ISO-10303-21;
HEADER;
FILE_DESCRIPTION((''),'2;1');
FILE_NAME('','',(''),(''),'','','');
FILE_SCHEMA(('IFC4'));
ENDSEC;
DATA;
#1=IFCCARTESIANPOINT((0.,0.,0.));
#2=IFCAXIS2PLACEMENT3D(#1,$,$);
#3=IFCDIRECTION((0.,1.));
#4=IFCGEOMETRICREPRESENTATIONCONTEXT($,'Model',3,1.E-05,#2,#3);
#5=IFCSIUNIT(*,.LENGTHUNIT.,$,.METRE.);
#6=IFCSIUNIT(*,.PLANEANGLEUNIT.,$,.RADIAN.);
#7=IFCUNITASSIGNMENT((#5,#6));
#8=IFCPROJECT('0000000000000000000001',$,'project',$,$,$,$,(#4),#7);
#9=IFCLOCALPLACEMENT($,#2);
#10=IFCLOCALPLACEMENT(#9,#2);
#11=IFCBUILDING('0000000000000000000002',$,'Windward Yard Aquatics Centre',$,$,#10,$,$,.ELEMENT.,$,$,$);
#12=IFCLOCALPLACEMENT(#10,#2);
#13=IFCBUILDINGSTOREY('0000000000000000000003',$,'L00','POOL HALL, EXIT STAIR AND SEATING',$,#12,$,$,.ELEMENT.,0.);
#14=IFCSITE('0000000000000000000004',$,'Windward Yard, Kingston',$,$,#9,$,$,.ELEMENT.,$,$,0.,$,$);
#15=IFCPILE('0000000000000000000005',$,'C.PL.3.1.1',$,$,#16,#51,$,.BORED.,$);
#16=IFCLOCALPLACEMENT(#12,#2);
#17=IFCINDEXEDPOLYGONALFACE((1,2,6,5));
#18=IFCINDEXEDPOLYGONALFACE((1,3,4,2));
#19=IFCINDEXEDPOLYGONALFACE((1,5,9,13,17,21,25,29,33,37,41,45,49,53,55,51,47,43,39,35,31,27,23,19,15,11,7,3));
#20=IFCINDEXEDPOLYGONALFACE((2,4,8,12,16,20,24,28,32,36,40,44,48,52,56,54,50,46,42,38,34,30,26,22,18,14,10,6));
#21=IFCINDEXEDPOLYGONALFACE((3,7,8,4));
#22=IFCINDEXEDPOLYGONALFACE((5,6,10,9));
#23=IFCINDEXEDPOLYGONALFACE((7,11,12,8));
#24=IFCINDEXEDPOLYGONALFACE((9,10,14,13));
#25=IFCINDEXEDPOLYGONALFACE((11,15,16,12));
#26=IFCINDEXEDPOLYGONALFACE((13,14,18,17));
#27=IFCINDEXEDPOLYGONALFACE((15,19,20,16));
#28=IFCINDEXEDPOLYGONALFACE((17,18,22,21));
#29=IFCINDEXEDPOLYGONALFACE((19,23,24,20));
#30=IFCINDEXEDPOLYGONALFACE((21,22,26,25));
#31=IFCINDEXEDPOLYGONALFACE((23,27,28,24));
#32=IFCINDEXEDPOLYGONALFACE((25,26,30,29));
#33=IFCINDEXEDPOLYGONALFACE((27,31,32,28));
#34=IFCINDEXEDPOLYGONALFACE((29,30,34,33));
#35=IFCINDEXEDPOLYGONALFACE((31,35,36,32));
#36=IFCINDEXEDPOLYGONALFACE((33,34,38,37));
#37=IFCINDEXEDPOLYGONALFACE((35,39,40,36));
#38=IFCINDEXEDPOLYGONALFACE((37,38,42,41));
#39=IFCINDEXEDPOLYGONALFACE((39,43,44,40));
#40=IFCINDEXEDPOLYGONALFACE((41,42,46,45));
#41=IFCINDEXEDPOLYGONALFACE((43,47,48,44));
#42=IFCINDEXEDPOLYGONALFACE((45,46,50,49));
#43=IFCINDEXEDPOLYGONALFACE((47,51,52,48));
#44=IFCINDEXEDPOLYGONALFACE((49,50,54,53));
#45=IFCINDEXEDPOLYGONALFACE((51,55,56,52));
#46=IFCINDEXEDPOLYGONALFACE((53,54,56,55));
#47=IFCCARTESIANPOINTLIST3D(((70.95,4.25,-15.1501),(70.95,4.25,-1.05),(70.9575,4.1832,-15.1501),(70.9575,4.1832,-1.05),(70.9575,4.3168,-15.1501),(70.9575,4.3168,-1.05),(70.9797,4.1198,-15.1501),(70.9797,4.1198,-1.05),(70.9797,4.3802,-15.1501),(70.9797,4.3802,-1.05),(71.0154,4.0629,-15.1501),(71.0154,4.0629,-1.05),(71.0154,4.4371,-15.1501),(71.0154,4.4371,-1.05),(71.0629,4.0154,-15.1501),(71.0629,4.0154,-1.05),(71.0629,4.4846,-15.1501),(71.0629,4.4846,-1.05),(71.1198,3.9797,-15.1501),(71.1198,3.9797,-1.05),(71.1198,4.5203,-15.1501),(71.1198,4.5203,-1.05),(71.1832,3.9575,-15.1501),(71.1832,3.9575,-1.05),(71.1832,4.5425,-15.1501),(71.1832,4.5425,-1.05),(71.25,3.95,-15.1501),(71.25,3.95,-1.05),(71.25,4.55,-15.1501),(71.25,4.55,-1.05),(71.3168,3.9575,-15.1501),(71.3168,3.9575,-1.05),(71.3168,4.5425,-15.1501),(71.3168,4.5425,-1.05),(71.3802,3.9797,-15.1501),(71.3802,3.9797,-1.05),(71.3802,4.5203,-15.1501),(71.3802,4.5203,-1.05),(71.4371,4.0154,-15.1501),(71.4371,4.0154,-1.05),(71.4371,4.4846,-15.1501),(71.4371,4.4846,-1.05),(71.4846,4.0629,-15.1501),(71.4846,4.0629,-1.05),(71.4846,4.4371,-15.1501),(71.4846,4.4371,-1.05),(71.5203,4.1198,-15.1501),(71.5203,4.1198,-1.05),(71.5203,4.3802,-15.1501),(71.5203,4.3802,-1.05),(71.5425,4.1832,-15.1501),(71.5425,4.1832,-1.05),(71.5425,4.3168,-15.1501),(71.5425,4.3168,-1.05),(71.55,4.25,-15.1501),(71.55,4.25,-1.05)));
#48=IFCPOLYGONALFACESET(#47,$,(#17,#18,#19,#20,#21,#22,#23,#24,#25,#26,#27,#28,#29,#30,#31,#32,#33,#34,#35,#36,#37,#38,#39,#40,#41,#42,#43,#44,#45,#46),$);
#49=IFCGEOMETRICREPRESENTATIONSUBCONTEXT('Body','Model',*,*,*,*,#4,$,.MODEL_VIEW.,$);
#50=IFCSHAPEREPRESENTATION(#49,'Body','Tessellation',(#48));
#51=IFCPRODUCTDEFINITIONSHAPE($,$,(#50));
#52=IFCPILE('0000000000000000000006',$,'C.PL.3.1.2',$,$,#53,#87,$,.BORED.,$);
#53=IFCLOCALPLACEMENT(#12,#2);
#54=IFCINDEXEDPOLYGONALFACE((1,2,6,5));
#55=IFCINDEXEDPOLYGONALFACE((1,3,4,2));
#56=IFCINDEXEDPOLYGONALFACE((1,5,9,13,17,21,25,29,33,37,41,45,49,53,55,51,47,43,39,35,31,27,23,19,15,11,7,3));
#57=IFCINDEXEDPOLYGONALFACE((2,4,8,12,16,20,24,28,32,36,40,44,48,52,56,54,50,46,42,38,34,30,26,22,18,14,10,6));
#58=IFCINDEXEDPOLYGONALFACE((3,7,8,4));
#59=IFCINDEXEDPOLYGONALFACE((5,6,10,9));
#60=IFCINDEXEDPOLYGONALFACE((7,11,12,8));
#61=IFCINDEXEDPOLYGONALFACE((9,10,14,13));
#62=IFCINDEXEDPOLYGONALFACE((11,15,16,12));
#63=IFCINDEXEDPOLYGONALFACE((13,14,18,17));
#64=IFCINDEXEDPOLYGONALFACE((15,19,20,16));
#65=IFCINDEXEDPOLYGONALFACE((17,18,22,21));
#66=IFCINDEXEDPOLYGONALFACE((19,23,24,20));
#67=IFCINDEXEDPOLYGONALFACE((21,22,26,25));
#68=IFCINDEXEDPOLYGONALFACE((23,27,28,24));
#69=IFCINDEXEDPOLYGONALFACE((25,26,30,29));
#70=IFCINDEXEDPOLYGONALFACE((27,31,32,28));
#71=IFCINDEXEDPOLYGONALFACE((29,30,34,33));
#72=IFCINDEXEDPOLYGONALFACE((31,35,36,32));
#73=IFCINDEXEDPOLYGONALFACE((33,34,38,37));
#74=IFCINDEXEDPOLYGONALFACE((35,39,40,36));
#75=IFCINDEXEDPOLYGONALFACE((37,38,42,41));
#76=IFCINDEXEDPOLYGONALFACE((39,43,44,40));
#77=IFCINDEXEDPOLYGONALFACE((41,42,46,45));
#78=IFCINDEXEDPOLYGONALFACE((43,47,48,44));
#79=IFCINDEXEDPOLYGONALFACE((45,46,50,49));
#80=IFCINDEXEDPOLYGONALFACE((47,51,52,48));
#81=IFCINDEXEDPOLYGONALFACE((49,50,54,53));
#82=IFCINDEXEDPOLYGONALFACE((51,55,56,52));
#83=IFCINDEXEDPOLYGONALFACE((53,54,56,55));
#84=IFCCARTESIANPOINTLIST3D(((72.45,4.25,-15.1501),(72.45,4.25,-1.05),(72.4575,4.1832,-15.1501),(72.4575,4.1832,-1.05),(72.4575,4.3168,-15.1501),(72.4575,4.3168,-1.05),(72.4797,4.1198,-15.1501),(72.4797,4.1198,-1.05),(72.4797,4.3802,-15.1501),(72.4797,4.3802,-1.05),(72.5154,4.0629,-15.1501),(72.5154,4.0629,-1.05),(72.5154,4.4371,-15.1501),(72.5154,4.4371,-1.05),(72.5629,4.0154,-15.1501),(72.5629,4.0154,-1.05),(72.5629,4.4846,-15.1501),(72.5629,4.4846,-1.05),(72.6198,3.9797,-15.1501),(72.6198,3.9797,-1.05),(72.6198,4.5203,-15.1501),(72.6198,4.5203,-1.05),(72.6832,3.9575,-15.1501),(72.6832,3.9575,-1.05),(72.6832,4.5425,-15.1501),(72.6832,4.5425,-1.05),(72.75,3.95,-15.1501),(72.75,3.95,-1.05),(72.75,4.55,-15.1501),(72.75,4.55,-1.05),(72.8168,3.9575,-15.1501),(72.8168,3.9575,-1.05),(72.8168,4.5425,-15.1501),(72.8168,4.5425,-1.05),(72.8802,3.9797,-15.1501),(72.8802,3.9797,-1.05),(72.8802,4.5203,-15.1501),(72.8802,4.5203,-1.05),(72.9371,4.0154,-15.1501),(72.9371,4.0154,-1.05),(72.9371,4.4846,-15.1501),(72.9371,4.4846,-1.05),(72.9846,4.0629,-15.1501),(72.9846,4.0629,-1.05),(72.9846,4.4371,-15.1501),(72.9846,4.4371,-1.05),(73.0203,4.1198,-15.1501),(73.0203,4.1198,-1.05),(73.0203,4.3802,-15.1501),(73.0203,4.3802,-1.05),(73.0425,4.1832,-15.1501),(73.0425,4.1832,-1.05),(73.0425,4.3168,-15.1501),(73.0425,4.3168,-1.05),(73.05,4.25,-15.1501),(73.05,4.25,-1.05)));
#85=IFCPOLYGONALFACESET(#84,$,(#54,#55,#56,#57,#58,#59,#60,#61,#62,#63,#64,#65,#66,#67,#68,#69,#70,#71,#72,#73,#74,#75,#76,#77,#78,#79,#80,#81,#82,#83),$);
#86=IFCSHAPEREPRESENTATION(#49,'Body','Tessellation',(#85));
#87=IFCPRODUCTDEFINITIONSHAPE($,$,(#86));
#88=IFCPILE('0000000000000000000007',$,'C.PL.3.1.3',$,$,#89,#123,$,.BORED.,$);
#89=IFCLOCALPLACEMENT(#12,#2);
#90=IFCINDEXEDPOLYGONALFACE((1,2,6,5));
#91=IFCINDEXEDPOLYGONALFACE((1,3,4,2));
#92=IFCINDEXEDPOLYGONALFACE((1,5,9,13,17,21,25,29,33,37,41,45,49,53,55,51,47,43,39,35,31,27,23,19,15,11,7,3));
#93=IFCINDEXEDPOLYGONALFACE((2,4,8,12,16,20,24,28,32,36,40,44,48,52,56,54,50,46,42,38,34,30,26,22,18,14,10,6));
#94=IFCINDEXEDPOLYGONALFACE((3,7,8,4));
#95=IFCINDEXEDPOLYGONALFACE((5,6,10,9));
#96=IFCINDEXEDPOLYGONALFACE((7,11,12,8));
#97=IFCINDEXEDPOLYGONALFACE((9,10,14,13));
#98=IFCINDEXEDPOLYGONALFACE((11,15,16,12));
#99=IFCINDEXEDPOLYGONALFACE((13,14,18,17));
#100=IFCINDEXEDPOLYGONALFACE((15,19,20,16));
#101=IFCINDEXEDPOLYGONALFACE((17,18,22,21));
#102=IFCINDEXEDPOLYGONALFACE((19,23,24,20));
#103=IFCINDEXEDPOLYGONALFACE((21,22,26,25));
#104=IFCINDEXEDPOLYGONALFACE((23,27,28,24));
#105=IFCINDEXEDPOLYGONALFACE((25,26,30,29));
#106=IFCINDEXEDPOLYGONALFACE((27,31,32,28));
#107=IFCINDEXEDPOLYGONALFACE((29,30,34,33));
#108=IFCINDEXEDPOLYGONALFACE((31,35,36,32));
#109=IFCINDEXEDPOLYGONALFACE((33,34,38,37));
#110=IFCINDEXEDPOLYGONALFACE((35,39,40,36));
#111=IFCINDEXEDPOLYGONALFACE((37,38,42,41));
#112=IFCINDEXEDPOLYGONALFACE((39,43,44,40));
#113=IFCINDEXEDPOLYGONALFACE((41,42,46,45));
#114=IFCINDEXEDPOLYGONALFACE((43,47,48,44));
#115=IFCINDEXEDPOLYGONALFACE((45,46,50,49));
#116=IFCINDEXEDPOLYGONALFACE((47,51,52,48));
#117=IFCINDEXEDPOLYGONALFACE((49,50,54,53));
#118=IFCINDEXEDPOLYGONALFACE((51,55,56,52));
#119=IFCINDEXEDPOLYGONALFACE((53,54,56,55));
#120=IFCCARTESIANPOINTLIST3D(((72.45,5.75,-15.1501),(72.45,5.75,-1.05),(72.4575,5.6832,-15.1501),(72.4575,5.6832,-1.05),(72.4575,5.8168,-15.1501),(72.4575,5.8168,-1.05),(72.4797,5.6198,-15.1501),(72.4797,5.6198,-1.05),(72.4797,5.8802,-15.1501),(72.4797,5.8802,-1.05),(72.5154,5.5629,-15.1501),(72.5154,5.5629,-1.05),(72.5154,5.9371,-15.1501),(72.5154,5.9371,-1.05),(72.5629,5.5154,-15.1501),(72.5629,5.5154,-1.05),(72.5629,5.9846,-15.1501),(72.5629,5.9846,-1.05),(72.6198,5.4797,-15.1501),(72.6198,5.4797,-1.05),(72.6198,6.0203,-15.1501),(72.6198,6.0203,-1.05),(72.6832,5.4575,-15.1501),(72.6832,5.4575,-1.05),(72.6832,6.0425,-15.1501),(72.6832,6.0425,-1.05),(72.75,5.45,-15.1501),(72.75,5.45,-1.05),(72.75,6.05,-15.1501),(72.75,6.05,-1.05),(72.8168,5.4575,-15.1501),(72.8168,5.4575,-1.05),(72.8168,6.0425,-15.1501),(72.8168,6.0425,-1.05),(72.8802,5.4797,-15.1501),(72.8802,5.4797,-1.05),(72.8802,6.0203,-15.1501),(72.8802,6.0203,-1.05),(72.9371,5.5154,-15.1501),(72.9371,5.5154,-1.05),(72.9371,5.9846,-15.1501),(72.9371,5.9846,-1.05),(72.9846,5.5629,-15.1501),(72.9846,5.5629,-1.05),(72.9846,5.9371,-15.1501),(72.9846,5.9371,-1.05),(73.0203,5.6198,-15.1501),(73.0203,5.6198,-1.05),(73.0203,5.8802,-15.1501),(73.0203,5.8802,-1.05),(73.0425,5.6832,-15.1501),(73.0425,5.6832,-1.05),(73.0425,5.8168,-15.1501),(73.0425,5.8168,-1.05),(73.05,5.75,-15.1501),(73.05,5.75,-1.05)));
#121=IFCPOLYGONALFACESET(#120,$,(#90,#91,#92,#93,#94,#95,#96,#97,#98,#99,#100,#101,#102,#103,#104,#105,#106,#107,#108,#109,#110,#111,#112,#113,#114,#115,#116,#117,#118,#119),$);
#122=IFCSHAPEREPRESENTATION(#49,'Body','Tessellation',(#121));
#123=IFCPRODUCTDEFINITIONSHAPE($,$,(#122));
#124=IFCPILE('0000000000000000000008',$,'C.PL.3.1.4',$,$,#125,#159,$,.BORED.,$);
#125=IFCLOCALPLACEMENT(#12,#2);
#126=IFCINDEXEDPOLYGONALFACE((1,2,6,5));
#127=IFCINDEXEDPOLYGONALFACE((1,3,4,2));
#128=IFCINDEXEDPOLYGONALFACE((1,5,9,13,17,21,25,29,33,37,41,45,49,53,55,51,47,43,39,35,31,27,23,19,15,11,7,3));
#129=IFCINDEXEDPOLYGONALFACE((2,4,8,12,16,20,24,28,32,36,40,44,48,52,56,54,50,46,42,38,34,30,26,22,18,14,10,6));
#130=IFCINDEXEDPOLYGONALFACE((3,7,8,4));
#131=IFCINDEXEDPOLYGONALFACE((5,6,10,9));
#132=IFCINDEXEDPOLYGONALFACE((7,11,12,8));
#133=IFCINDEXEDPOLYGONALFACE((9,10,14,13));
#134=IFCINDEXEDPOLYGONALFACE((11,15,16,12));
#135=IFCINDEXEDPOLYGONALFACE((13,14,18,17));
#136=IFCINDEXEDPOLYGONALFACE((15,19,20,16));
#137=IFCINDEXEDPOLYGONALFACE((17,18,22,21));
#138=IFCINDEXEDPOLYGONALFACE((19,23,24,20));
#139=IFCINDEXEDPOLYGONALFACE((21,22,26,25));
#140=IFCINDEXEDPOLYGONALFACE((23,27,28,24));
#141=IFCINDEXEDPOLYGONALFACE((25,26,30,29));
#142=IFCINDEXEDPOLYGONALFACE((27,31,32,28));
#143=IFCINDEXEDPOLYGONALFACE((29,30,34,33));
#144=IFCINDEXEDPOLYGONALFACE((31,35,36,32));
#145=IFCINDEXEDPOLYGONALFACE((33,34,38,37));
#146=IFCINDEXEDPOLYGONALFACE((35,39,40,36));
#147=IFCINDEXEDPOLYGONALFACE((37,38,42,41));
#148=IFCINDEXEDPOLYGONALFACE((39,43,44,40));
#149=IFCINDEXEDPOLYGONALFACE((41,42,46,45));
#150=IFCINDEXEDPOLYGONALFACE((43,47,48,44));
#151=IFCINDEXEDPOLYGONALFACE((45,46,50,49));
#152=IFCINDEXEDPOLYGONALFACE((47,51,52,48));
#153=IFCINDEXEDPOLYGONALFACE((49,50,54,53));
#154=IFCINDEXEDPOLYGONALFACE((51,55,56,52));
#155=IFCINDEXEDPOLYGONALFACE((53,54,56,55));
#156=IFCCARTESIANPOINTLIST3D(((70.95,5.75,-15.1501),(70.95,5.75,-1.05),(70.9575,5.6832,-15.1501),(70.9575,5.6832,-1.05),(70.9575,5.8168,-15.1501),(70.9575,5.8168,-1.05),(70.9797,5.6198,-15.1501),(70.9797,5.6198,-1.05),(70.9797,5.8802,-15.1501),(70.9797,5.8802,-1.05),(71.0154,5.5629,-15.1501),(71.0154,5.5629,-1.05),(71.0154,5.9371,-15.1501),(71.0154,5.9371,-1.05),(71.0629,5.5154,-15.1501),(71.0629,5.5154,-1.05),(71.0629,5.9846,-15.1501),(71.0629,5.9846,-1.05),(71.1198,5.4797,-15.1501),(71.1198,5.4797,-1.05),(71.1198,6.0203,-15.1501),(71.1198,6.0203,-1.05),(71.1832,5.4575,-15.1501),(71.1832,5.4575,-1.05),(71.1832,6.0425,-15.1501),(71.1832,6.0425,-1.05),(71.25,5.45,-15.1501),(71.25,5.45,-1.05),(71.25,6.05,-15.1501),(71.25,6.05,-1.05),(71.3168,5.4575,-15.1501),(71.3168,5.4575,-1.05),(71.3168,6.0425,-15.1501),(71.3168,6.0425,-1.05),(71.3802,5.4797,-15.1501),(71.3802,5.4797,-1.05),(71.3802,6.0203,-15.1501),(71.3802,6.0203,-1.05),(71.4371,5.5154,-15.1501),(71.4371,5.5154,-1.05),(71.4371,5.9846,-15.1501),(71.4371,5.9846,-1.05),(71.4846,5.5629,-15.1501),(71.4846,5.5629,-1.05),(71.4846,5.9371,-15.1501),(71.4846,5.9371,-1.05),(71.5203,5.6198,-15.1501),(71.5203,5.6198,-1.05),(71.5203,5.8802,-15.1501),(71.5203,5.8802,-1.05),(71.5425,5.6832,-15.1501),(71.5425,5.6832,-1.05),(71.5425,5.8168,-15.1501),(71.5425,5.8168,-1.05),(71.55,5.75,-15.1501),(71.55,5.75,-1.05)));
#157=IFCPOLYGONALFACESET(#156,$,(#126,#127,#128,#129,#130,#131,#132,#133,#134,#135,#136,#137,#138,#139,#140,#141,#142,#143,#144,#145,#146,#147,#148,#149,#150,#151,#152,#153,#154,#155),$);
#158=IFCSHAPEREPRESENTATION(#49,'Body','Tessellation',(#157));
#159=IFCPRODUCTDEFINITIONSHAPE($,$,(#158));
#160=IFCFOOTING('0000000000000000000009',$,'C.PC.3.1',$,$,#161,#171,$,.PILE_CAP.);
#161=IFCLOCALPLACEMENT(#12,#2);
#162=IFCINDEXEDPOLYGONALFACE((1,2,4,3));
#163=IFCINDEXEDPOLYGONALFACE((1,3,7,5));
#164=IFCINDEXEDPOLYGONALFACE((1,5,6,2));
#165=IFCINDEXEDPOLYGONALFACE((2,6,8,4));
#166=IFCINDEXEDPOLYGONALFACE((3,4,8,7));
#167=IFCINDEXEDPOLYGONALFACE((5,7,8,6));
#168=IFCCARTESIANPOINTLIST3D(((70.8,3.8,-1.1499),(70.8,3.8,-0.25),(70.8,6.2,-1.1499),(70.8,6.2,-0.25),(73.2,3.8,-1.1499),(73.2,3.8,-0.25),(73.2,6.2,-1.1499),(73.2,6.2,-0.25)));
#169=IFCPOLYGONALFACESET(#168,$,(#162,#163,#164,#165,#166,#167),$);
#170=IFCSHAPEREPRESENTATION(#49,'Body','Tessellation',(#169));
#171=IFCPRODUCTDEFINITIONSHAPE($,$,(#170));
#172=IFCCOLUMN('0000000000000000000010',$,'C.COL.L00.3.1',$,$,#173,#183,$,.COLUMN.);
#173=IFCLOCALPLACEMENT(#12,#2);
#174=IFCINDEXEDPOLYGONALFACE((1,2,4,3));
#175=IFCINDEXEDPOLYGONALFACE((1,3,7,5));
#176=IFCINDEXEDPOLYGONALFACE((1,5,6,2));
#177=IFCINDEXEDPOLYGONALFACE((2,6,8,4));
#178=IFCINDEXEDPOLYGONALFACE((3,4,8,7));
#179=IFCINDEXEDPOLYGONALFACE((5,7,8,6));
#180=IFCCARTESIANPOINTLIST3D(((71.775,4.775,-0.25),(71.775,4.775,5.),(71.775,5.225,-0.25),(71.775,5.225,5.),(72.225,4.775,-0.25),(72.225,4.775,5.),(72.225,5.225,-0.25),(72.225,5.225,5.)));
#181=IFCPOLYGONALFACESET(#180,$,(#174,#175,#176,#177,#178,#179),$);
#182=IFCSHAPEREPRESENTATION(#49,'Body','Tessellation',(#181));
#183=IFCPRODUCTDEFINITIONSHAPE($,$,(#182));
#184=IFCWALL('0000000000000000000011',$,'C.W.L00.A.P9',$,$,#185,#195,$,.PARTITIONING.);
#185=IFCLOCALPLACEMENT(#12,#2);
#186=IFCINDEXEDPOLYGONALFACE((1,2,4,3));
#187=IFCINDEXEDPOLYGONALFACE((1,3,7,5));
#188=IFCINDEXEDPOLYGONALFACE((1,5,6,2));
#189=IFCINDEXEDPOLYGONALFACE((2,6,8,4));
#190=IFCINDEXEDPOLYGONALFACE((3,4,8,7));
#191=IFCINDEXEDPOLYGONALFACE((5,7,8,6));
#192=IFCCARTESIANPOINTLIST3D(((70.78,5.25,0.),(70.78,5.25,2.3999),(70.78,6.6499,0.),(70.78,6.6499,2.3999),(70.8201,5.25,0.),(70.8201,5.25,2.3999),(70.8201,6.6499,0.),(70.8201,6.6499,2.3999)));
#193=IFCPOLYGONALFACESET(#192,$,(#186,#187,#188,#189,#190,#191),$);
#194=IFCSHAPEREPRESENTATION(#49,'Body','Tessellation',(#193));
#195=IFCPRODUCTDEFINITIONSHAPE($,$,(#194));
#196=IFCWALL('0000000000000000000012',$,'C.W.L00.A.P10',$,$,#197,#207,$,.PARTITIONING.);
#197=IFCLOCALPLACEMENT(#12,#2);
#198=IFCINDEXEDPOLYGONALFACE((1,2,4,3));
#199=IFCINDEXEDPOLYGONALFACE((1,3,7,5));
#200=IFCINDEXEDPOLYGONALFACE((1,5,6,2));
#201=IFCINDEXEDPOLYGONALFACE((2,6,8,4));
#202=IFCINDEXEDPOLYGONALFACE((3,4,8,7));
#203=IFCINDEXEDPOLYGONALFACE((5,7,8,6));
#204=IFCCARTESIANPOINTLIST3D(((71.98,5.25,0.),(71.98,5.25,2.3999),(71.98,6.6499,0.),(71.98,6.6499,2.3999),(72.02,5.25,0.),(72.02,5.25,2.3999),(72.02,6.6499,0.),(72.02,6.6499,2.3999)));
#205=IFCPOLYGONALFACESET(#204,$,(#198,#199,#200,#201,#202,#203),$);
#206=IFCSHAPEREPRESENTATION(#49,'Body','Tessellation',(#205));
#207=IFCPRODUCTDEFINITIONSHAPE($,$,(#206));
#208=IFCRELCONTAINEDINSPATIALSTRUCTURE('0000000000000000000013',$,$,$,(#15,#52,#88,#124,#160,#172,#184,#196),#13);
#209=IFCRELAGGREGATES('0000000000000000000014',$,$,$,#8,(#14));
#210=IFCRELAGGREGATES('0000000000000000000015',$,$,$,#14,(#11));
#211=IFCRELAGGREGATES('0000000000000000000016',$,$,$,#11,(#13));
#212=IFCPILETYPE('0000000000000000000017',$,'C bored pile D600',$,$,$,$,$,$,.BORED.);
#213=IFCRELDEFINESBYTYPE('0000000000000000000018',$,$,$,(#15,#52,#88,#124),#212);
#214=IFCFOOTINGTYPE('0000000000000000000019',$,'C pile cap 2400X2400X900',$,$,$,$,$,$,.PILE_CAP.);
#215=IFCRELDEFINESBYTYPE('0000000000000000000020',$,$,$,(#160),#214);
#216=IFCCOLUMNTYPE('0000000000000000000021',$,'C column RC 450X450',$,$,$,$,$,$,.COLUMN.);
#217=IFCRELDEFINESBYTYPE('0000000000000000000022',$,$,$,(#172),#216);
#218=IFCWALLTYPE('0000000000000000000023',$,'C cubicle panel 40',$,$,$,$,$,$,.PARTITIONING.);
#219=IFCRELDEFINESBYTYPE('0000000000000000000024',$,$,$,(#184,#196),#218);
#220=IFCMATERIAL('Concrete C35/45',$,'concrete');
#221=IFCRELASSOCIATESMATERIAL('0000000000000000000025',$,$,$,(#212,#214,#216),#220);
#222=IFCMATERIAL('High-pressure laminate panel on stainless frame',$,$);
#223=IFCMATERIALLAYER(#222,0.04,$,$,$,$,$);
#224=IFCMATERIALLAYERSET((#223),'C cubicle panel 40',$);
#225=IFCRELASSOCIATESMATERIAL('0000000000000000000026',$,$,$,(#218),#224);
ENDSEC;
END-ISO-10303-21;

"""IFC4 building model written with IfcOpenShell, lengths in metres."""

from ifc_helpers import new_model, si_unit, direction, frame, frame_2d, origin, origin_2d, place, context, subcontext, project, spatial, rectangle, circle, extrude, material, layer, layer_set, material_profile, profile_set, type_object, element, save


model = new_model("IFC4")

# Units and contexts
model_context = context("Model", 3, precision=1e-05, world=origin(), true_north=direction((0.0, 1.0)))
body_context = subcontext(model_context, "Body", "Model", "MODEL_VIEW")
ifc_project = project(units=[si_unit("LENGTHUNIT", "METRE"), si_unit("PLANEANGLEUNIT", "RADIAN")], contexts=[model_context])

# Site, building, storey
site_placement = place(None, origin())
site = spatial("IfcSite", under=ifc_project, at=site_placement, Name="Windward Yard, Kingston", CompositionType="ELEMENT", RefElevation=0.0)
building_placement = place(site_placement, origin())
building = spatial("IfcBuilding", under=site, at=building_placement, Name="Windward Yard Aquatics Centre", CompositionType="ELEMENT")
storey_placement = place(building_placement, origin())
storey = spatial("IfcBuildingStorey", under=building, at=storey_placement, Name="L00", Description="POOL HALL, EXIT STAIR AND SEATING", CompositionType="ELEMENT", Elevation=0.0)

# Piles
ifc_material_1 = material(Name="Concrete C35/45", Category="concrete")
ifc_material_profile_1 = material_profile(ifc_material_1, circle(Radius=0.3, at=origin_2d()), Name="RC D600")
ifc_profile_set_1 = profile_set([ifc_material_profile_1], Name="Concrete C35/45")
pile_type = type_object("IfcPileType", Name="C bored pile D600", PredefinedType="BORED", material=ifc_profile_set_1)
for number, where, z_axis, x_axis, name in (
    (1, (71.25, 4.25, -1.05), (0.0, 0.0, -1.0), (1.0, 0.0, 0.0), "C.PL.3.1.1"),
    (2, (72.75, 4.25, -1.05), (0.0, 0.0, -1.0), (1.0, 0.0, 0.0), "C.PL.3.1.2"),
    (3, (72.75, 5.75, -1.05), (0.0, 0.0, -1.0), (1.0, 0.0, 0.0), "C.PL.3.1.3"),
    (4, (71.25, 5.75, -1.05), (0.0, 0.0, -1.0), (1.0, 0.0, 0.0), "C.PL.3.1.4"),
):
    element("IfcPile", number, at=place(storey_placement, frame(where, z_axis=z_axis, x_axis=x_axis)), inside=storey, type_object=pile_type, Name=name, PredefinedType="BORED", context=body_context, shape_type="SweptSolid", body=[
        extrude(circle(Radius=0.3, at=origin_2d()), origin(), (0.0, 0.0, 1.0), 14.1001),
    ])

# Footing
footing_type = type_object("IfcFootingType", Name="C pile cap 2400X2400X900", PredefinedType="PILE_CAP", material=ifc_material_1)
footing_placement = place(storey_placement, frame((72.0, 5.0, -1.1499), z_axis=(0.0, 0.0, 1.0), x_axis=(1.0, 0.0, 0.0)))
element("IfcFooting", 5, at=footing_placement, inside=storey, type_object=footing_type, Name="C.PC.3.1", PredefinedType="PILE_CAP", context=body_context, shape_type="SweptSolid", body=[
    extrude(rectangle(XDim=2.3999, YDim=2.3999, at=origin_2d()), origin(), (0.0, 0.0, 1.0), 0.8999),
])

# Column
ifc_material_profile_2 = material_profile(ifc_material_1, rectangle(XDim=0.45, YDim=0.45, at=origin_2d()), Name="RC 450X450")
ifc_profile_set_2 = profile_set([ifc_material_profile_2], Name="Concrete C35/45")
column_type = type_object("IfcColumnType", Name="C column RC 450X450", PredefinedType="COLUMN", material=ifc_profile_set_2)
column_placement = place(storey_placement, frame((72.0, 5.0, -0.25), z_axis=(0.0, 0.0, 1.0), x_axis=(1.0, 0.0, 0.0)))
element("IfcColumn", 6, at=column_placement, inside=storey, type_object=column_type, Name="C.COL.L00.3.1", PredefinedType="COLUMN", context=body_context, shape_type="SweptSolid", body=[
    extrude(rectangle(XDim=0.45, YDim=0.45, at=origin_2d()), origin(), (0.0, 0.0, 1.0), 5.25),
])

# Walls
ifc_material_2 = material(Name="High-pressure laminate panel on stainless frame")
ifc_layer_1 = layer(ifc_material_2, 0.04)
ifc_layer_set_1 = layer_set([ifc_layer_1], Name="C cubicle panel 40")
wall_type_1 = type_object("IfcWallType", Name="C cubicle panel 40", PredefinedType="PARTITIONING", material=ifc_layer_set_1)
for number, where, z_axis, x_axis, name in (
    (7, (70.8, 5.25, 0.0), (0.0, 0.0, 1.0), (0.0, 1.0, 0.0), "C.W.L00.A.P9"),
    (8, (72.0, 5.25, 0.0), (0.0, 0.0, 1.0), (0.0, 1.0, 0.0), "C.W.L00.A.P10"),
):
    element("IfcWall", number, at=place(storey_placement, frame(where, z_axis=z_axis, x_axis=x_axis)), inside=storey, type_object=wall_type_1, Name=name, PredefinedType="PARTITIONING", context=body_context, shape_type="SweptSolid", body=[
        extrude(rectangle(XDim=1.3999, YDim=0.04, at=frame_2d((0.7, 0.0))), origin(), (0.0, 0.0, 1.0), 2.3999),
    ])

save(model, "model.ifc")
